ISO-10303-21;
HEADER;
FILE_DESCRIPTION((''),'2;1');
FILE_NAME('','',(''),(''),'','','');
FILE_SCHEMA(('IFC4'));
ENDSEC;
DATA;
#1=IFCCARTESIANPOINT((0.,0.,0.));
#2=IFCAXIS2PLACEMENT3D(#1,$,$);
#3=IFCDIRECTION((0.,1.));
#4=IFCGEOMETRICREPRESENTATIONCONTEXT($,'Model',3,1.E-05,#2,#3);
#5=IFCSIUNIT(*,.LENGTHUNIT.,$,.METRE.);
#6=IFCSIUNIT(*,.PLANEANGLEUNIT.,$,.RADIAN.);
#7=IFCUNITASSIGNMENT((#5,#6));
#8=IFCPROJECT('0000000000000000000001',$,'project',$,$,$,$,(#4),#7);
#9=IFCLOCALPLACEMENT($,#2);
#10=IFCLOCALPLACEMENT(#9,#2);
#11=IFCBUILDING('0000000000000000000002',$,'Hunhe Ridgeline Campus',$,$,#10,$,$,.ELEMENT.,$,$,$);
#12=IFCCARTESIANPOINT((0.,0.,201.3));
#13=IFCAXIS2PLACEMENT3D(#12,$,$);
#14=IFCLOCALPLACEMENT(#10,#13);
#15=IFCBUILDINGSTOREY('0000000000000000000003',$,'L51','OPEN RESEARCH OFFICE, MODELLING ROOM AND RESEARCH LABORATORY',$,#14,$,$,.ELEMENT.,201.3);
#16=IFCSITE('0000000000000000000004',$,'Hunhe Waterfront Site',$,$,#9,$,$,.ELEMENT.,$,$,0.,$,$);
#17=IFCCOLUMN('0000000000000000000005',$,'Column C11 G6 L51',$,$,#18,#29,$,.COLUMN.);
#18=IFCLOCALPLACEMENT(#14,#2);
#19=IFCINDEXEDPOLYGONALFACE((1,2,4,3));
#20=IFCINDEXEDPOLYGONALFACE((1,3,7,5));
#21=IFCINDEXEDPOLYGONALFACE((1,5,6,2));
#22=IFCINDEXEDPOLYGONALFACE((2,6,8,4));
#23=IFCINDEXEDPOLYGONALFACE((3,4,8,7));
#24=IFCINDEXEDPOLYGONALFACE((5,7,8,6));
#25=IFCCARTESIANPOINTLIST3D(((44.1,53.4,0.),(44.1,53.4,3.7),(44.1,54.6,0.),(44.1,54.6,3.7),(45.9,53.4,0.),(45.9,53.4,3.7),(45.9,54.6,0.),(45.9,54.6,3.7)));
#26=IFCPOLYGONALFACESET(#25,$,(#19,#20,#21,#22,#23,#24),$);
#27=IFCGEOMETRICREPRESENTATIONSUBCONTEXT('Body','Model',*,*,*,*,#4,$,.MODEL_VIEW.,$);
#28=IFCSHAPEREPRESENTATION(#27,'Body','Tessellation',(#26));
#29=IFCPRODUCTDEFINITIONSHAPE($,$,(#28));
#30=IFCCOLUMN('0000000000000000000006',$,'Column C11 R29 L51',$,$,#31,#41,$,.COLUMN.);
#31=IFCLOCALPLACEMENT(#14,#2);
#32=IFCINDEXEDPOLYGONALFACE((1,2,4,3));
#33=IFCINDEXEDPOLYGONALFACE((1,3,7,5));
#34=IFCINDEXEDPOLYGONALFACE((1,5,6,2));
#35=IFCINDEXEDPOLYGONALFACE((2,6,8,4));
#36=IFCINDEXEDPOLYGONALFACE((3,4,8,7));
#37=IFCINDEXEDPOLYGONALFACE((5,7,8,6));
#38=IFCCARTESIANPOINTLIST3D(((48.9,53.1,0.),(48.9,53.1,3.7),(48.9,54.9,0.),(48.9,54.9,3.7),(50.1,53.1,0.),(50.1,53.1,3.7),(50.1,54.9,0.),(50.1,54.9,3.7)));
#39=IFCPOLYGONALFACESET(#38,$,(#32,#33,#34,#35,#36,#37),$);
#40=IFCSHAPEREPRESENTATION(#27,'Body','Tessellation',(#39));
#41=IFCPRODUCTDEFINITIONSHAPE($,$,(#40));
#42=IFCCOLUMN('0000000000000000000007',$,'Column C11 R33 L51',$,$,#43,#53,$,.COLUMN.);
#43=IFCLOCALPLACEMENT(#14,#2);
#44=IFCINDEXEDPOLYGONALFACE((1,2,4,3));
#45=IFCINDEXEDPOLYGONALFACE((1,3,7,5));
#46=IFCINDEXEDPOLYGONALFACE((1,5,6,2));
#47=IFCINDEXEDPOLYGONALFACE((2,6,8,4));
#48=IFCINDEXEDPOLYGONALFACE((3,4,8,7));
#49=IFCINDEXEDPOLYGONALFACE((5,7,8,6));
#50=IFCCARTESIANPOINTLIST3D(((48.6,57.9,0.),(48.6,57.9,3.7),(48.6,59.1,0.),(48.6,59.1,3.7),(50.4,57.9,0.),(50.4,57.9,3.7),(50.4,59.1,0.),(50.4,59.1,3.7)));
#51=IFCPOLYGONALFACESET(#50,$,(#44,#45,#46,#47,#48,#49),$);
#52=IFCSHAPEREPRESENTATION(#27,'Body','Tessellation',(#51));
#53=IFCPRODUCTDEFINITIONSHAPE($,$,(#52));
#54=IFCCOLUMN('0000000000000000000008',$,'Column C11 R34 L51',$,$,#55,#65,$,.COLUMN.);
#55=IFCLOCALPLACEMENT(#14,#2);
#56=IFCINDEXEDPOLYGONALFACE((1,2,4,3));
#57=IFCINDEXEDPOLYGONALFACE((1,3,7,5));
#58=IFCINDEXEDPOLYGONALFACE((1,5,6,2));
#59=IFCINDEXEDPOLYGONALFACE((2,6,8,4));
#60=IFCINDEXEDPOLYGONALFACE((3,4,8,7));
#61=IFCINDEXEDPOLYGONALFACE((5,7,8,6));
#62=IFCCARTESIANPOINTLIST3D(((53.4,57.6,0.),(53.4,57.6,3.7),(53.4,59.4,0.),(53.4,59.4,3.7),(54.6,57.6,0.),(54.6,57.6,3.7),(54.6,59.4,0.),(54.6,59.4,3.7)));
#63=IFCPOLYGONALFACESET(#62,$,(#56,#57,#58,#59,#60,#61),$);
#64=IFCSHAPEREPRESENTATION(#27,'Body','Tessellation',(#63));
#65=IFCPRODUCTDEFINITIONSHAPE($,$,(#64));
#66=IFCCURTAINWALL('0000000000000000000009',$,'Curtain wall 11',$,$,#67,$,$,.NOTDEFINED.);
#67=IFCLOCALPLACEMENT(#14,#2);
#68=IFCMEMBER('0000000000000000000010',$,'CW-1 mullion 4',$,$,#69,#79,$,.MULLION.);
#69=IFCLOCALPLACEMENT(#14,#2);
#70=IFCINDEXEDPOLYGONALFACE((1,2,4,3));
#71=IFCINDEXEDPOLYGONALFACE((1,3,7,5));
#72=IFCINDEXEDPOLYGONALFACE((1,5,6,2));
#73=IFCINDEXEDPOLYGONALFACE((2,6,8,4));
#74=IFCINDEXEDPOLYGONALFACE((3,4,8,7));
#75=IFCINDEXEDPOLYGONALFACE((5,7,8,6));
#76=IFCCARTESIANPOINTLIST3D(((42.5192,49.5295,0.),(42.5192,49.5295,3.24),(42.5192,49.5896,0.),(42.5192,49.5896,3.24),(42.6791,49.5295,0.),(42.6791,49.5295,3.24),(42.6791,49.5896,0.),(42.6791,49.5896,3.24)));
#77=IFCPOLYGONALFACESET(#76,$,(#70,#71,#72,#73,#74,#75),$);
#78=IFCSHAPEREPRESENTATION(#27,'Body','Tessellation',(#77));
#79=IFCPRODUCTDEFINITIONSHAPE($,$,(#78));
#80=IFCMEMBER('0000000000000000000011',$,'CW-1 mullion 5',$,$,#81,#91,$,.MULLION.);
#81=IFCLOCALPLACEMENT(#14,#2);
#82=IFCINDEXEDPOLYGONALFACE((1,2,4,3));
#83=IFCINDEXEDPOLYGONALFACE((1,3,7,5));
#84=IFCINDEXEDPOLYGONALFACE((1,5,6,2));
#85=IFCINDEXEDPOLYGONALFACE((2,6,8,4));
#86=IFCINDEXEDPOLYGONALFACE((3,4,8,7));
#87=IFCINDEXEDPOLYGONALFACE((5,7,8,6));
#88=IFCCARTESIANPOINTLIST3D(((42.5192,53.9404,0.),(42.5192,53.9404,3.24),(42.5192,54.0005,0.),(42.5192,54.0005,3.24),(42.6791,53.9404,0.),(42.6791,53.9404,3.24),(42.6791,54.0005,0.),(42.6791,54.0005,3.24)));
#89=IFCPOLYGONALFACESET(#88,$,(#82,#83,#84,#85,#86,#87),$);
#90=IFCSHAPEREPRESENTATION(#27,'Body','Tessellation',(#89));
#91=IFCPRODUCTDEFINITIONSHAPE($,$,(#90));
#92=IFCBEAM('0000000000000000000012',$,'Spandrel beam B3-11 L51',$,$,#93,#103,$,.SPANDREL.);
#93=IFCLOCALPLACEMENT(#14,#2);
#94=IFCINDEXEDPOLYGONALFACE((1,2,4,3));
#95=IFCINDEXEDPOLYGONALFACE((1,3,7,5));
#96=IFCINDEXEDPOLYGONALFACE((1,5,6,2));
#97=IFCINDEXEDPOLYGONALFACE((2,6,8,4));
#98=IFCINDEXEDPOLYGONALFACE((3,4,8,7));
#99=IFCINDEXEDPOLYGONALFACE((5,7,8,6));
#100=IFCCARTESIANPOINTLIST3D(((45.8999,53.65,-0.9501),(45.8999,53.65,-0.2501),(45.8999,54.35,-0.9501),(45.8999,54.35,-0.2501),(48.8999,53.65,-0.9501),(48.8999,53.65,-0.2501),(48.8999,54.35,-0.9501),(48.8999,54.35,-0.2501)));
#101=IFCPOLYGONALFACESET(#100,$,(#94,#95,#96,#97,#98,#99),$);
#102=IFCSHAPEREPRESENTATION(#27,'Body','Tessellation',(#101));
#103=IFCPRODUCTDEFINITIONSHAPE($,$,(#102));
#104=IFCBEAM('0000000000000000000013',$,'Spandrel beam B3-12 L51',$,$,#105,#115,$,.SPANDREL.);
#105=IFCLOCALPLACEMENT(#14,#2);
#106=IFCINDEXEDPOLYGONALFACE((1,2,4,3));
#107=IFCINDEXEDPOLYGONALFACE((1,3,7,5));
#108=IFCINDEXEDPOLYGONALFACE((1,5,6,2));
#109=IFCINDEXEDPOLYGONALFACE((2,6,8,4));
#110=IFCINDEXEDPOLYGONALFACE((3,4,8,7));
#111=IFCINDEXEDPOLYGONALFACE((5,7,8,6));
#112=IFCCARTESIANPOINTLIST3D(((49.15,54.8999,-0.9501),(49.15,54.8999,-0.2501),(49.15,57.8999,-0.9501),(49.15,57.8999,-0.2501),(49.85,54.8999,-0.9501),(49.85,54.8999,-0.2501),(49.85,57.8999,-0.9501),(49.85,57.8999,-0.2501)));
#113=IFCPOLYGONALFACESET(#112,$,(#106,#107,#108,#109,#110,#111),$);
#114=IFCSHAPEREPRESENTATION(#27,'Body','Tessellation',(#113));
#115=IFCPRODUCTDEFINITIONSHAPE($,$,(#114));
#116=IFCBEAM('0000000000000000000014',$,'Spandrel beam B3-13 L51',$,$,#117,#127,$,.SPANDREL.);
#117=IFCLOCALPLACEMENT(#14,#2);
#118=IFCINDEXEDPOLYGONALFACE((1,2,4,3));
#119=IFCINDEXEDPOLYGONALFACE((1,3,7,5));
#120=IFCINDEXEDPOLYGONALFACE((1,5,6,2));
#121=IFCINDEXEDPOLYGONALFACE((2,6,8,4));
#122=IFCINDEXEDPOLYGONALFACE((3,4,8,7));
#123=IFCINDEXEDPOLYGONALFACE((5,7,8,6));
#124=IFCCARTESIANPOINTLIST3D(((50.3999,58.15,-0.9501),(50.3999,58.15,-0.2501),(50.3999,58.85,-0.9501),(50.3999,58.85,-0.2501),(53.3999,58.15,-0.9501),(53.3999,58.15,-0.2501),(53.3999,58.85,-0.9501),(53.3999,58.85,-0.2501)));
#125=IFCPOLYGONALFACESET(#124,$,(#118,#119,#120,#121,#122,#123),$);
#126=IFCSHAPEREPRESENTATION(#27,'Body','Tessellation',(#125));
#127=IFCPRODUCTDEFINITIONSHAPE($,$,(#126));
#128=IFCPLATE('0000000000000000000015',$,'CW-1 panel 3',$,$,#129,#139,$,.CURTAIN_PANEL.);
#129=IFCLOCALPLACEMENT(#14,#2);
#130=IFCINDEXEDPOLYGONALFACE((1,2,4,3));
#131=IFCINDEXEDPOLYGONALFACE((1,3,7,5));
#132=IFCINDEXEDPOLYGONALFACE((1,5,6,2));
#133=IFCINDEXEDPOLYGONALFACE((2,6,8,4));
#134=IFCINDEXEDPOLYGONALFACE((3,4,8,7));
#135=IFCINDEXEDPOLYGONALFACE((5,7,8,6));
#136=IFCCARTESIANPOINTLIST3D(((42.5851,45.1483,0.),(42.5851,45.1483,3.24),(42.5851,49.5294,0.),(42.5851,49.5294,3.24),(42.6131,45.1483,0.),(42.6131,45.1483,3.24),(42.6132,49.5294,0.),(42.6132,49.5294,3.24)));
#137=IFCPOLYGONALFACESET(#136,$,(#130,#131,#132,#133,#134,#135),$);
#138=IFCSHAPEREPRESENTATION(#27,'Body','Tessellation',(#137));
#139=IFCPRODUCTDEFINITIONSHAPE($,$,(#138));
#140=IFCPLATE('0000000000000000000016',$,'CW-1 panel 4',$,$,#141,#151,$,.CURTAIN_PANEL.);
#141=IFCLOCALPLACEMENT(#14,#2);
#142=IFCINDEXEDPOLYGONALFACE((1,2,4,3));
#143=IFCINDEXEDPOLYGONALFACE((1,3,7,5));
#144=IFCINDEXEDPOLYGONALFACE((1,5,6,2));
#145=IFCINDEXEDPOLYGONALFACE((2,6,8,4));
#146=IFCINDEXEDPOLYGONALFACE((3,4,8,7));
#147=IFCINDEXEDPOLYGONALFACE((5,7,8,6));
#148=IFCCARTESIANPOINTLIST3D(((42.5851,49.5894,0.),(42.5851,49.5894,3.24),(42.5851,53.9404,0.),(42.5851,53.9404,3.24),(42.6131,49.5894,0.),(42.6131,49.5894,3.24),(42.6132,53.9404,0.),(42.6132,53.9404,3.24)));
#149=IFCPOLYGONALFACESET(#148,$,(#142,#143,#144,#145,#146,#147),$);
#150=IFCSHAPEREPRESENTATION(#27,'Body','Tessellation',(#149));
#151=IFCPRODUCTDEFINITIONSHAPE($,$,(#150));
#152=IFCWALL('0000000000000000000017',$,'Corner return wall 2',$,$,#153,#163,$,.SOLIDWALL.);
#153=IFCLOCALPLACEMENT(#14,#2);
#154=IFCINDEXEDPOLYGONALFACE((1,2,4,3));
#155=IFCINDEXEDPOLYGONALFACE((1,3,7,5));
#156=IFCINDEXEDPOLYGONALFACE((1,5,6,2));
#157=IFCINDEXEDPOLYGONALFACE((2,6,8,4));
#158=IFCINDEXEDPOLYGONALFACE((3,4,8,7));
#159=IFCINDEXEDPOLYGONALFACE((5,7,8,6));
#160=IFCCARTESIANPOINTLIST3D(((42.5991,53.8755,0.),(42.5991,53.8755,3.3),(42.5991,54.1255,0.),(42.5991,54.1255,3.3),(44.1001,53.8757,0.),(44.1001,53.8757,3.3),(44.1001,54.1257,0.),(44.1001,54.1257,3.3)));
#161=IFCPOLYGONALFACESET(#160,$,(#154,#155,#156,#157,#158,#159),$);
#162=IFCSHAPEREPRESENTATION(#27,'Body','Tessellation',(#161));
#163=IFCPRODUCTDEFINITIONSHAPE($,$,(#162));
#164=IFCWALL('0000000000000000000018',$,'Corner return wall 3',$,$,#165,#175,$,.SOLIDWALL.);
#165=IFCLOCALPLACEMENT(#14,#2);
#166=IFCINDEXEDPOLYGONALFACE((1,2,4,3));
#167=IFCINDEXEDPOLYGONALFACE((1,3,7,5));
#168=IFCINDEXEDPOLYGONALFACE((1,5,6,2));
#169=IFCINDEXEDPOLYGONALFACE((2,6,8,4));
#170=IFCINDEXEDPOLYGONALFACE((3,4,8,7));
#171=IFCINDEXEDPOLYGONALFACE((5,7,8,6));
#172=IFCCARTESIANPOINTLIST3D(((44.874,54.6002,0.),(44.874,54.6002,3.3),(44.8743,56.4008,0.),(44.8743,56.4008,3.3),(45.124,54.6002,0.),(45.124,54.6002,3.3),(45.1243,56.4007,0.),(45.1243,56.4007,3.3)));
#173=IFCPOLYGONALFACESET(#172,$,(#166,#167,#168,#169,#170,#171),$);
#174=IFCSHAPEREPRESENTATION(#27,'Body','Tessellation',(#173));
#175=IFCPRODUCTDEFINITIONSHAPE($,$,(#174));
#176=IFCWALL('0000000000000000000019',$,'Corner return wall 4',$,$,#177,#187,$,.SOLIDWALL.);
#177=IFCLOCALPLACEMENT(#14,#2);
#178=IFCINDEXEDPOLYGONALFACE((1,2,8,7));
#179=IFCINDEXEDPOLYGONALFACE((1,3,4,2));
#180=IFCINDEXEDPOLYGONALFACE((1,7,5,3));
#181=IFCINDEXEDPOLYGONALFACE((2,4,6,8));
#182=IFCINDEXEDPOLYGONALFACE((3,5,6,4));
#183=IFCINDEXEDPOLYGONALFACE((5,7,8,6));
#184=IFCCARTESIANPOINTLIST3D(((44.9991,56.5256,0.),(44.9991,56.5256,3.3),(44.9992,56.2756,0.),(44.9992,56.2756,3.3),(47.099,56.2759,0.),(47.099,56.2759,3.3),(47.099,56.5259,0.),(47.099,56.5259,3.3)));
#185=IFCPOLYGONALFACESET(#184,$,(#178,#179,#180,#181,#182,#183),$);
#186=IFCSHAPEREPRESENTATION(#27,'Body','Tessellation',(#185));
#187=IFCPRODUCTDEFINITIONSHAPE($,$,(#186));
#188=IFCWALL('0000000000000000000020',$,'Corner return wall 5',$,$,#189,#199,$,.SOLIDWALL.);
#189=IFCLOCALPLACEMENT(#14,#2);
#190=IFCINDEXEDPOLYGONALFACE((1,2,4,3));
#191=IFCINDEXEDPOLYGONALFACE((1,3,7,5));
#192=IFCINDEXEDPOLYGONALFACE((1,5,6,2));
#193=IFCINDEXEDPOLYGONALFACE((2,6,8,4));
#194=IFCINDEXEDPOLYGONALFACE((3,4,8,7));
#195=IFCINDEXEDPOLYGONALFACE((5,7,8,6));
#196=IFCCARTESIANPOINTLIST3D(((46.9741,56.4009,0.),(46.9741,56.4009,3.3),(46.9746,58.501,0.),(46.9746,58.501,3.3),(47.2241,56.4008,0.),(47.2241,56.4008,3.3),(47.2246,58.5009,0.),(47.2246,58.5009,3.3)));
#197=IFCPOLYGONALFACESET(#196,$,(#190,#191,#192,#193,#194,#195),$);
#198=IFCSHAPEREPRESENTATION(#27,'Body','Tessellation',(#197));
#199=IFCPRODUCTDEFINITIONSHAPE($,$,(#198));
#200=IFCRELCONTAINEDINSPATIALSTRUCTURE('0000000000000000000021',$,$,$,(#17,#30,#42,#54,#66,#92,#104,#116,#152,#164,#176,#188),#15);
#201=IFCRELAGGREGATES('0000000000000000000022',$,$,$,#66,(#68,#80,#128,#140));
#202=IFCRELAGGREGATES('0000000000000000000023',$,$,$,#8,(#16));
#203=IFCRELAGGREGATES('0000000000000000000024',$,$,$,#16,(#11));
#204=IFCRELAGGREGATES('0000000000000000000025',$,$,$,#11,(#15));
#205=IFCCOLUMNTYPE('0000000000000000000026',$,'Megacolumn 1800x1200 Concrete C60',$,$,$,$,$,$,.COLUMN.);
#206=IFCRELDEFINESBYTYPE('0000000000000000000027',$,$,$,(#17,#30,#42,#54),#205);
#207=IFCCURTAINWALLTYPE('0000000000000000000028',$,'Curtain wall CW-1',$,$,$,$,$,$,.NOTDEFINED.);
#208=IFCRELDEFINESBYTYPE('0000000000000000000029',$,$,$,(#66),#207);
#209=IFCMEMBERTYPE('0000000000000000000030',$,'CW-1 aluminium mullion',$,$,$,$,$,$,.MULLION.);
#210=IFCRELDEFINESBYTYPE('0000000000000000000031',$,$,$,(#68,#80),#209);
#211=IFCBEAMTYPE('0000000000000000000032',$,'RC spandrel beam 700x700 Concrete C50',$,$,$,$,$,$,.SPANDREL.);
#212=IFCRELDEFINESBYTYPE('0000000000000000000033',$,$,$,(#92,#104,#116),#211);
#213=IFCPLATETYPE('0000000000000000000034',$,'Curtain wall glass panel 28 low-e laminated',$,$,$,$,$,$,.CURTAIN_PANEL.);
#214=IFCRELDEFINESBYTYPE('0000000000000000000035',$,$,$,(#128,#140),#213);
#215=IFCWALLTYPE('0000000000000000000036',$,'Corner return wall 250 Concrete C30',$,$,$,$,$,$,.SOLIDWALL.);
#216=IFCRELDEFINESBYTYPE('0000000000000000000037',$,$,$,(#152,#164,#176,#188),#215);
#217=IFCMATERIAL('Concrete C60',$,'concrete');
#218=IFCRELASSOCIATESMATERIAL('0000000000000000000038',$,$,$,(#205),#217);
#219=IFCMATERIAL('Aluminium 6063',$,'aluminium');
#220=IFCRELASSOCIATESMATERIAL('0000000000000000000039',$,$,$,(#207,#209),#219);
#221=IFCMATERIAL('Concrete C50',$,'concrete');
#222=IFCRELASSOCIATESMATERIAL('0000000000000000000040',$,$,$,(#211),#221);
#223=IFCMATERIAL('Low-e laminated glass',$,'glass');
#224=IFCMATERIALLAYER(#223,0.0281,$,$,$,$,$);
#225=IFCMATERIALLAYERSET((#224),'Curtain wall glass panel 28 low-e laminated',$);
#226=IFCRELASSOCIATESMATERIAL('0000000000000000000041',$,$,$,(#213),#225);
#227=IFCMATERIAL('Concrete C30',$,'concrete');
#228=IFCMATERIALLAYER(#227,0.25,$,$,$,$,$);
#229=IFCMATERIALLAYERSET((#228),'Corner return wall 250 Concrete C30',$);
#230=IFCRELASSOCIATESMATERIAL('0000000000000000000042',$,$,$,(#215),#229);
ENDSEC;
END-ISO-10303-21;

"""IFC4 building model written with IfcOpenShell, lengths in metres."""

from ifc_helpers import new_model, si_unit, direction, frame, frame_2d, origin, origin_2d, place, context, subcontext, project, spatial, rectangle, extrude, material, layer, layer_set, material_profile, profile_set, type_object, element, aggregate, save


model = new_model("IFC4")

# Units and contexts
model_context = context("Model", 3, precision=1e-05, world=origin(), true_north=direction((0.0, 1.0)))
body_context = subcontext(model_context, "Body", "Model", "MODEL_VIEW")
ifc_project = project(units=[si_unit("LENGTHUNIT", "METRE"), si_unit("PLANEANGLEUNIT", "RADIAN")], contexts=[model_context])

# Site, building, storey
site_placement = place(None, origin())
site = spatial("IfcSite", under=ifc_project, at=site_placement, Name="Hunhe Waterfront Site", CompositionType="ELEMENT", RefElevation=0.0)
building_placement = place(site_placement, origin())
building = spatial("IfcBuilding", under=site, at=building_placement, Name="Hunhe Ridgeline Campus", CompositionType="ELEMENT")
storey_placement = place(building_placement, frame((0.0, 0.0, 201.3)))
storey = spatial("IfcBuildingStorey", under=building, at=storey_placement, Name="L51", Description="OPEN RESEARCH OFFICE, MODELLING ROOM AND RESEARCH LABORATORY", CompositionType="ELEMENT", Elevation=201.3)

# Columns
ifc_material_1 = material(Name="Concrete C60", Category="concrete")
ifc_material_profile_1 = material_profile(ifc_material_1, rectangle(XDim=1.8, YDim=1.2, at=origin_2d()))
ifc_profile_set_1 = profile_set([ifc_material_profile_1], Name="Concrete C60")
column_type = type_object("IfcColumnType", Name="Megacolumn 1800x1200 Concrete C60", PredefinedType="COLUMN", material=ifc_profile_set_1)
for number, where, z_axis, x_axis, name in (
    (1, (45.0, 54.0, 0.0), (0.0, 0.0, 1.0), (1.0, 0.0, 0.0), "Column C11 G6 L51"),
    (2, (49.5, 54.0, 0.0), (0.0, 0.0, 1.0), (0.0, 1.0, 0.0), "Column C11 R29 L51"),
    (3, (49.5, 58.5, 0.0), (0.0, 0.0, 1.0), (1.0, 0.0, 0.0), "Column C11 R33 L51"),
    (4, (54.0, 58.5, 0.0), (0.0, 0.0, 1.0), (0.0, 1.0, 0.0), "Column C11 R34 L51"),
):
    element("IfcColumn", number, at=place(storey_placement, frame(where, z_axis=z_axis, x_axis=x_axis)), inside=storey, type_object=column_type, Name=name, PredefinedType="COLUMN", context=body_context, shape_type="SweptSolid", body=[
        extrude(rectangle(XDim=1.8, YDim=1.2, at=origin_2d()), origin(), (0.0, 0.0, 1.0), 3.7),
    ])

# Curtain wall, members
ifc_material_2 = material(Name="Aluminium 6063", Category="aluminium")
curtain_wall_type = type_object("IfcCurtainWallType", Name="Curtain wall CW-1", PredefinedType="NOTDEFINED", material=ifc_material_2)
curtain_wall_placement = place(storey_placement, origin())
curtain_wall = element("IfcCurtainWall", 5, at=curtain_wall_placement, inside=storey, type_object=curtain_wall_type, Name="Curtain wall 11", PredefinedType="NOTDEFINED")
ifc_material_profile_2 = material_profile(ifc_material_2, rectangle(XDim=0.1599, YDim=0.0601, at=origin_2d()))
ifc_profile_set_2 = profile_set([ifc_material_profile_2], Name="Aluminium 6063")
member_type = type_object("IfcMemberType", Name="CW-1 aluminium mullion", PredefinedType="MULLION", material=ifc_profile_set_2)
member_1_placement = place(storey_placement, frame((42.5991, 49.5596, 0.0), z_axis=(0.0, 0.0, 1.0), x_axis=(-1.0, 0.000007, 0.0)))
member_1 = element("IfcMember", 6, at=member_1_placement, type_object=member_type, Name="CW-1 mullion 4", PredefinedType="MULLION", context=body_context, shape_type="SweptSolid", body=[
    extrude(rectangle(XDim=0.1599, YDim=0.0601, at=origin_2d()), origin(), (0.0, 0.0, 1.0), 3.24),
])
member_2_placement = place(storey_placement, frame((42.5991, 53.9705, 0.0), z_axis=(0.0, 0.0, 1.0), x_axis=(-1.0, 0.000007, 0.0)))
member_2 = element("IfcMember", 7, at=member_2_placement, type_object=member_type, Name="CW-1 mullion 5", PredefinedType="MULLION", context=body_context, shape_type="SweptSolid", body=[
    extrude(rectangle(XDim=0.1599, YDim=0.0601, at=origin_2d()), origin(), (0.0, 0.0, 1.0), 3.24),
])

# Beams
ifc_material_3 = material(Name="Concrete C50", Category="concrete")
ifc_material_profile_3 = material_profile(ifc_material_3, rectangle(XDim=0.7, YDim=0.7, at=origin_2d()))
ifc_profile_set_3 = profile_set([ifc_material_profile_3], Name="Concrete C50")
beam_type = type_object("IfcBeamType", Name="RC spandrel beam 700x700 Concrete C50", PredefinedType="SPANDREL", material=ifc_profile_set_3)
for number, where, z_axis, x_axis, name in (
    (8, (45.8999, 54.0, -0.6001), (1.0, 0.0, 0.0), (0.0, 1.0, 0.0), "Spandrel beam B3-11 L51"),
    (9, (49.5, 54.8999, -0.6001), (0.0, 1.0, 0.0), (-1.0, 0.0, 0.0), "Spandrel beam B3-12 L51"),
    (10, (50.3999, 58.5, -0.6001), (1.0, 0.0, 0.0), (0.0, 1.0, 0.0), "Spandrel beam B3-13 L51"),
):
    element("IfcBeam", number, at=place(storey_placement, frame(where, z_axis=z_axis, x_axis=x_axis)), inside=storey, type_object=beam_type, Name=name, PredefinedType="SPANDREL", context=body_context, shape_type="SweptSolid", body=[
        extrude(rectangle(XDim=0.7, YDim=0.7, at=origin_2d()), origin(), (0.0, 0.0, 1.0), 3.0),
    ])

# Plates
ifc_material_4 = material(Name="Low-e laminated glass", Category="glass")
ifc_layer_1 = layer(ifc_material_4, 0.0281)
ifc_layer_set_1 = layer_set([ifc_layer_1], Name="Curtain wall glass panel 28 low-e laminated")
plate_type = type_object("IfcPlateType", Name="Curtain wall glass panel 28 low-e laminated", PredefinedType="CURTAIN_PANEL", material=ifc_layer_set_1)
plate_1_placement = place(storey_placement, frame((42.5991, 47.3389, 0.0), z_axis=(0.0, 0.0, 1.0), x_axis=(0.000007, 1.0, 0.0)))
plate_1 = element("IfcPlate", 11, at=plate_1_placement, type_object=plate_type, Name="CW-1 panel 3", PredefinedType="CURTAIN_PANEL", context=body_context, shape_type="SweptSolid", body=[
    extrude(rectangle(XDim=4.3811, YDim=0.0281, at=origin_2d()), origin(), (0.0, 0.0, 1.0), 3.24),
])
plate_2_placement = place(storey_placement, frame((42.5991, 51.7649, 0.0), z_axis=(0.0, 0.0, 1.0), x_axis=(0.000007, 1.0, 0.0)))
plate_2 = element("IfcPlate", 12, at=plate_2_placement, type_object=plate_type, Name="CW-1 panel 4", PredefinedType="CURTAIN_PANEL", context=body_context, shape_type="SweptSolid", body=[
    extrude(rectangle(XDim=4.3511, YDim=0.0281, at=origin_2d()), origin(), (0.0, 0.0, 1.0), 3.24),
])
aggregate(curtain_wall, [member_1, member_2, plate_1, plate_2])

# Walls
ifc_material_5 = material(Name="Concrete C30", Category="concrete")
ifc_layer_2 = layer(ifc_material_5, 0.25)
ifc_layer_set_2 = layer_set([ifc_layer_2], Name="Corner return wall 250 Concrete C30")
wall_type_1 = type_object("IfcWallType", Name="Corner return wall 250 Concrete C30", PredefinedType="SOLIDWALL", material=ifc_layer_set_2)
wall_1_placement = place(storey_placement, frame((42.5991, 54.0005, 0.0), z_axis=(0.0, 0.0, 1.0), x_axis=(1.0, 0.000163, 0.0)))
element("IfcWall", 13, at=wall_1_placement, inside=storey, type_object=wall_type_1, Name="Corner return wall 2", PredefinedType="SOLIDWALL", context=body_context, shape_type="SweptSolid", body=[
    extrude(rectangle(XDim=1.501, YDim=0.25, at=frame_2d((0.7505, 0.0))), origin(), (0.0, 0.0, 1.0), 3.3),
])
wall_2_placement = place(storey_placement, frame((44.999, 54.6001, 0.0), z_axis=(0.0, 0.0, 1.0), x_axis=(0.000136, 1.0, 0.0)))
element("IfcWall", 14, at=wall_2_placement, inside=storey, type_object=wall_type_1, Name="Corner return wall 3", PredefinedType="SOLIDWALL", context=body_context, shape_type="SweptSolid", body=[
    extrude(rectangle(XDim=1.8005, YDim=0.25, at=frame_2d((0.9004, 0.0))), origin(), (0.0, 0.0, 1.0), 3.3),
])
wall_3_placement = place(storey_placement, frame((44.9993, 56.4006, 0.0), z_axis=(0.0, 0.0, 1.0), x_axis=(1.0, 0.000116, 0.0)))
element("IfcWall", 15, at=wall_3_placement, inside=storey, type_object=wall_type_1, Name="Corner return wall 4", PredefinedType="SOLIDWALL", context=body_context, shape_type="SweptSolid", body=[
    extrude(rectangle(XDim=2.0999, YDim=0.25, at=frame_2d((1.0498, 0.0))), origin(), (0.0, 0.0, 1.0), 3.3),
])
wall_4_placement = place(storey_placement, frame((47.0991, 56.4009, 0.0), z_axis=(0.0, 0.0, 1.0), x_axis=(0.000233, 1.0, 0.0)))
element("IfcWall", 16, at=wall_4_placement, inside=storey, type_object=wall_type_1, Name="Corner return wall 5", PredefinedType="SOLIDWALL", context=body_context, shape_type="SweptSolid", body=[
    extrude(rectangle(XDim=2.1001, YDim=0.25, at=frame_2d((1.05, 0.0))), origin(), (0.0, 0.0, 1.0), 3.3),
])

save(model, "model.ifc")
